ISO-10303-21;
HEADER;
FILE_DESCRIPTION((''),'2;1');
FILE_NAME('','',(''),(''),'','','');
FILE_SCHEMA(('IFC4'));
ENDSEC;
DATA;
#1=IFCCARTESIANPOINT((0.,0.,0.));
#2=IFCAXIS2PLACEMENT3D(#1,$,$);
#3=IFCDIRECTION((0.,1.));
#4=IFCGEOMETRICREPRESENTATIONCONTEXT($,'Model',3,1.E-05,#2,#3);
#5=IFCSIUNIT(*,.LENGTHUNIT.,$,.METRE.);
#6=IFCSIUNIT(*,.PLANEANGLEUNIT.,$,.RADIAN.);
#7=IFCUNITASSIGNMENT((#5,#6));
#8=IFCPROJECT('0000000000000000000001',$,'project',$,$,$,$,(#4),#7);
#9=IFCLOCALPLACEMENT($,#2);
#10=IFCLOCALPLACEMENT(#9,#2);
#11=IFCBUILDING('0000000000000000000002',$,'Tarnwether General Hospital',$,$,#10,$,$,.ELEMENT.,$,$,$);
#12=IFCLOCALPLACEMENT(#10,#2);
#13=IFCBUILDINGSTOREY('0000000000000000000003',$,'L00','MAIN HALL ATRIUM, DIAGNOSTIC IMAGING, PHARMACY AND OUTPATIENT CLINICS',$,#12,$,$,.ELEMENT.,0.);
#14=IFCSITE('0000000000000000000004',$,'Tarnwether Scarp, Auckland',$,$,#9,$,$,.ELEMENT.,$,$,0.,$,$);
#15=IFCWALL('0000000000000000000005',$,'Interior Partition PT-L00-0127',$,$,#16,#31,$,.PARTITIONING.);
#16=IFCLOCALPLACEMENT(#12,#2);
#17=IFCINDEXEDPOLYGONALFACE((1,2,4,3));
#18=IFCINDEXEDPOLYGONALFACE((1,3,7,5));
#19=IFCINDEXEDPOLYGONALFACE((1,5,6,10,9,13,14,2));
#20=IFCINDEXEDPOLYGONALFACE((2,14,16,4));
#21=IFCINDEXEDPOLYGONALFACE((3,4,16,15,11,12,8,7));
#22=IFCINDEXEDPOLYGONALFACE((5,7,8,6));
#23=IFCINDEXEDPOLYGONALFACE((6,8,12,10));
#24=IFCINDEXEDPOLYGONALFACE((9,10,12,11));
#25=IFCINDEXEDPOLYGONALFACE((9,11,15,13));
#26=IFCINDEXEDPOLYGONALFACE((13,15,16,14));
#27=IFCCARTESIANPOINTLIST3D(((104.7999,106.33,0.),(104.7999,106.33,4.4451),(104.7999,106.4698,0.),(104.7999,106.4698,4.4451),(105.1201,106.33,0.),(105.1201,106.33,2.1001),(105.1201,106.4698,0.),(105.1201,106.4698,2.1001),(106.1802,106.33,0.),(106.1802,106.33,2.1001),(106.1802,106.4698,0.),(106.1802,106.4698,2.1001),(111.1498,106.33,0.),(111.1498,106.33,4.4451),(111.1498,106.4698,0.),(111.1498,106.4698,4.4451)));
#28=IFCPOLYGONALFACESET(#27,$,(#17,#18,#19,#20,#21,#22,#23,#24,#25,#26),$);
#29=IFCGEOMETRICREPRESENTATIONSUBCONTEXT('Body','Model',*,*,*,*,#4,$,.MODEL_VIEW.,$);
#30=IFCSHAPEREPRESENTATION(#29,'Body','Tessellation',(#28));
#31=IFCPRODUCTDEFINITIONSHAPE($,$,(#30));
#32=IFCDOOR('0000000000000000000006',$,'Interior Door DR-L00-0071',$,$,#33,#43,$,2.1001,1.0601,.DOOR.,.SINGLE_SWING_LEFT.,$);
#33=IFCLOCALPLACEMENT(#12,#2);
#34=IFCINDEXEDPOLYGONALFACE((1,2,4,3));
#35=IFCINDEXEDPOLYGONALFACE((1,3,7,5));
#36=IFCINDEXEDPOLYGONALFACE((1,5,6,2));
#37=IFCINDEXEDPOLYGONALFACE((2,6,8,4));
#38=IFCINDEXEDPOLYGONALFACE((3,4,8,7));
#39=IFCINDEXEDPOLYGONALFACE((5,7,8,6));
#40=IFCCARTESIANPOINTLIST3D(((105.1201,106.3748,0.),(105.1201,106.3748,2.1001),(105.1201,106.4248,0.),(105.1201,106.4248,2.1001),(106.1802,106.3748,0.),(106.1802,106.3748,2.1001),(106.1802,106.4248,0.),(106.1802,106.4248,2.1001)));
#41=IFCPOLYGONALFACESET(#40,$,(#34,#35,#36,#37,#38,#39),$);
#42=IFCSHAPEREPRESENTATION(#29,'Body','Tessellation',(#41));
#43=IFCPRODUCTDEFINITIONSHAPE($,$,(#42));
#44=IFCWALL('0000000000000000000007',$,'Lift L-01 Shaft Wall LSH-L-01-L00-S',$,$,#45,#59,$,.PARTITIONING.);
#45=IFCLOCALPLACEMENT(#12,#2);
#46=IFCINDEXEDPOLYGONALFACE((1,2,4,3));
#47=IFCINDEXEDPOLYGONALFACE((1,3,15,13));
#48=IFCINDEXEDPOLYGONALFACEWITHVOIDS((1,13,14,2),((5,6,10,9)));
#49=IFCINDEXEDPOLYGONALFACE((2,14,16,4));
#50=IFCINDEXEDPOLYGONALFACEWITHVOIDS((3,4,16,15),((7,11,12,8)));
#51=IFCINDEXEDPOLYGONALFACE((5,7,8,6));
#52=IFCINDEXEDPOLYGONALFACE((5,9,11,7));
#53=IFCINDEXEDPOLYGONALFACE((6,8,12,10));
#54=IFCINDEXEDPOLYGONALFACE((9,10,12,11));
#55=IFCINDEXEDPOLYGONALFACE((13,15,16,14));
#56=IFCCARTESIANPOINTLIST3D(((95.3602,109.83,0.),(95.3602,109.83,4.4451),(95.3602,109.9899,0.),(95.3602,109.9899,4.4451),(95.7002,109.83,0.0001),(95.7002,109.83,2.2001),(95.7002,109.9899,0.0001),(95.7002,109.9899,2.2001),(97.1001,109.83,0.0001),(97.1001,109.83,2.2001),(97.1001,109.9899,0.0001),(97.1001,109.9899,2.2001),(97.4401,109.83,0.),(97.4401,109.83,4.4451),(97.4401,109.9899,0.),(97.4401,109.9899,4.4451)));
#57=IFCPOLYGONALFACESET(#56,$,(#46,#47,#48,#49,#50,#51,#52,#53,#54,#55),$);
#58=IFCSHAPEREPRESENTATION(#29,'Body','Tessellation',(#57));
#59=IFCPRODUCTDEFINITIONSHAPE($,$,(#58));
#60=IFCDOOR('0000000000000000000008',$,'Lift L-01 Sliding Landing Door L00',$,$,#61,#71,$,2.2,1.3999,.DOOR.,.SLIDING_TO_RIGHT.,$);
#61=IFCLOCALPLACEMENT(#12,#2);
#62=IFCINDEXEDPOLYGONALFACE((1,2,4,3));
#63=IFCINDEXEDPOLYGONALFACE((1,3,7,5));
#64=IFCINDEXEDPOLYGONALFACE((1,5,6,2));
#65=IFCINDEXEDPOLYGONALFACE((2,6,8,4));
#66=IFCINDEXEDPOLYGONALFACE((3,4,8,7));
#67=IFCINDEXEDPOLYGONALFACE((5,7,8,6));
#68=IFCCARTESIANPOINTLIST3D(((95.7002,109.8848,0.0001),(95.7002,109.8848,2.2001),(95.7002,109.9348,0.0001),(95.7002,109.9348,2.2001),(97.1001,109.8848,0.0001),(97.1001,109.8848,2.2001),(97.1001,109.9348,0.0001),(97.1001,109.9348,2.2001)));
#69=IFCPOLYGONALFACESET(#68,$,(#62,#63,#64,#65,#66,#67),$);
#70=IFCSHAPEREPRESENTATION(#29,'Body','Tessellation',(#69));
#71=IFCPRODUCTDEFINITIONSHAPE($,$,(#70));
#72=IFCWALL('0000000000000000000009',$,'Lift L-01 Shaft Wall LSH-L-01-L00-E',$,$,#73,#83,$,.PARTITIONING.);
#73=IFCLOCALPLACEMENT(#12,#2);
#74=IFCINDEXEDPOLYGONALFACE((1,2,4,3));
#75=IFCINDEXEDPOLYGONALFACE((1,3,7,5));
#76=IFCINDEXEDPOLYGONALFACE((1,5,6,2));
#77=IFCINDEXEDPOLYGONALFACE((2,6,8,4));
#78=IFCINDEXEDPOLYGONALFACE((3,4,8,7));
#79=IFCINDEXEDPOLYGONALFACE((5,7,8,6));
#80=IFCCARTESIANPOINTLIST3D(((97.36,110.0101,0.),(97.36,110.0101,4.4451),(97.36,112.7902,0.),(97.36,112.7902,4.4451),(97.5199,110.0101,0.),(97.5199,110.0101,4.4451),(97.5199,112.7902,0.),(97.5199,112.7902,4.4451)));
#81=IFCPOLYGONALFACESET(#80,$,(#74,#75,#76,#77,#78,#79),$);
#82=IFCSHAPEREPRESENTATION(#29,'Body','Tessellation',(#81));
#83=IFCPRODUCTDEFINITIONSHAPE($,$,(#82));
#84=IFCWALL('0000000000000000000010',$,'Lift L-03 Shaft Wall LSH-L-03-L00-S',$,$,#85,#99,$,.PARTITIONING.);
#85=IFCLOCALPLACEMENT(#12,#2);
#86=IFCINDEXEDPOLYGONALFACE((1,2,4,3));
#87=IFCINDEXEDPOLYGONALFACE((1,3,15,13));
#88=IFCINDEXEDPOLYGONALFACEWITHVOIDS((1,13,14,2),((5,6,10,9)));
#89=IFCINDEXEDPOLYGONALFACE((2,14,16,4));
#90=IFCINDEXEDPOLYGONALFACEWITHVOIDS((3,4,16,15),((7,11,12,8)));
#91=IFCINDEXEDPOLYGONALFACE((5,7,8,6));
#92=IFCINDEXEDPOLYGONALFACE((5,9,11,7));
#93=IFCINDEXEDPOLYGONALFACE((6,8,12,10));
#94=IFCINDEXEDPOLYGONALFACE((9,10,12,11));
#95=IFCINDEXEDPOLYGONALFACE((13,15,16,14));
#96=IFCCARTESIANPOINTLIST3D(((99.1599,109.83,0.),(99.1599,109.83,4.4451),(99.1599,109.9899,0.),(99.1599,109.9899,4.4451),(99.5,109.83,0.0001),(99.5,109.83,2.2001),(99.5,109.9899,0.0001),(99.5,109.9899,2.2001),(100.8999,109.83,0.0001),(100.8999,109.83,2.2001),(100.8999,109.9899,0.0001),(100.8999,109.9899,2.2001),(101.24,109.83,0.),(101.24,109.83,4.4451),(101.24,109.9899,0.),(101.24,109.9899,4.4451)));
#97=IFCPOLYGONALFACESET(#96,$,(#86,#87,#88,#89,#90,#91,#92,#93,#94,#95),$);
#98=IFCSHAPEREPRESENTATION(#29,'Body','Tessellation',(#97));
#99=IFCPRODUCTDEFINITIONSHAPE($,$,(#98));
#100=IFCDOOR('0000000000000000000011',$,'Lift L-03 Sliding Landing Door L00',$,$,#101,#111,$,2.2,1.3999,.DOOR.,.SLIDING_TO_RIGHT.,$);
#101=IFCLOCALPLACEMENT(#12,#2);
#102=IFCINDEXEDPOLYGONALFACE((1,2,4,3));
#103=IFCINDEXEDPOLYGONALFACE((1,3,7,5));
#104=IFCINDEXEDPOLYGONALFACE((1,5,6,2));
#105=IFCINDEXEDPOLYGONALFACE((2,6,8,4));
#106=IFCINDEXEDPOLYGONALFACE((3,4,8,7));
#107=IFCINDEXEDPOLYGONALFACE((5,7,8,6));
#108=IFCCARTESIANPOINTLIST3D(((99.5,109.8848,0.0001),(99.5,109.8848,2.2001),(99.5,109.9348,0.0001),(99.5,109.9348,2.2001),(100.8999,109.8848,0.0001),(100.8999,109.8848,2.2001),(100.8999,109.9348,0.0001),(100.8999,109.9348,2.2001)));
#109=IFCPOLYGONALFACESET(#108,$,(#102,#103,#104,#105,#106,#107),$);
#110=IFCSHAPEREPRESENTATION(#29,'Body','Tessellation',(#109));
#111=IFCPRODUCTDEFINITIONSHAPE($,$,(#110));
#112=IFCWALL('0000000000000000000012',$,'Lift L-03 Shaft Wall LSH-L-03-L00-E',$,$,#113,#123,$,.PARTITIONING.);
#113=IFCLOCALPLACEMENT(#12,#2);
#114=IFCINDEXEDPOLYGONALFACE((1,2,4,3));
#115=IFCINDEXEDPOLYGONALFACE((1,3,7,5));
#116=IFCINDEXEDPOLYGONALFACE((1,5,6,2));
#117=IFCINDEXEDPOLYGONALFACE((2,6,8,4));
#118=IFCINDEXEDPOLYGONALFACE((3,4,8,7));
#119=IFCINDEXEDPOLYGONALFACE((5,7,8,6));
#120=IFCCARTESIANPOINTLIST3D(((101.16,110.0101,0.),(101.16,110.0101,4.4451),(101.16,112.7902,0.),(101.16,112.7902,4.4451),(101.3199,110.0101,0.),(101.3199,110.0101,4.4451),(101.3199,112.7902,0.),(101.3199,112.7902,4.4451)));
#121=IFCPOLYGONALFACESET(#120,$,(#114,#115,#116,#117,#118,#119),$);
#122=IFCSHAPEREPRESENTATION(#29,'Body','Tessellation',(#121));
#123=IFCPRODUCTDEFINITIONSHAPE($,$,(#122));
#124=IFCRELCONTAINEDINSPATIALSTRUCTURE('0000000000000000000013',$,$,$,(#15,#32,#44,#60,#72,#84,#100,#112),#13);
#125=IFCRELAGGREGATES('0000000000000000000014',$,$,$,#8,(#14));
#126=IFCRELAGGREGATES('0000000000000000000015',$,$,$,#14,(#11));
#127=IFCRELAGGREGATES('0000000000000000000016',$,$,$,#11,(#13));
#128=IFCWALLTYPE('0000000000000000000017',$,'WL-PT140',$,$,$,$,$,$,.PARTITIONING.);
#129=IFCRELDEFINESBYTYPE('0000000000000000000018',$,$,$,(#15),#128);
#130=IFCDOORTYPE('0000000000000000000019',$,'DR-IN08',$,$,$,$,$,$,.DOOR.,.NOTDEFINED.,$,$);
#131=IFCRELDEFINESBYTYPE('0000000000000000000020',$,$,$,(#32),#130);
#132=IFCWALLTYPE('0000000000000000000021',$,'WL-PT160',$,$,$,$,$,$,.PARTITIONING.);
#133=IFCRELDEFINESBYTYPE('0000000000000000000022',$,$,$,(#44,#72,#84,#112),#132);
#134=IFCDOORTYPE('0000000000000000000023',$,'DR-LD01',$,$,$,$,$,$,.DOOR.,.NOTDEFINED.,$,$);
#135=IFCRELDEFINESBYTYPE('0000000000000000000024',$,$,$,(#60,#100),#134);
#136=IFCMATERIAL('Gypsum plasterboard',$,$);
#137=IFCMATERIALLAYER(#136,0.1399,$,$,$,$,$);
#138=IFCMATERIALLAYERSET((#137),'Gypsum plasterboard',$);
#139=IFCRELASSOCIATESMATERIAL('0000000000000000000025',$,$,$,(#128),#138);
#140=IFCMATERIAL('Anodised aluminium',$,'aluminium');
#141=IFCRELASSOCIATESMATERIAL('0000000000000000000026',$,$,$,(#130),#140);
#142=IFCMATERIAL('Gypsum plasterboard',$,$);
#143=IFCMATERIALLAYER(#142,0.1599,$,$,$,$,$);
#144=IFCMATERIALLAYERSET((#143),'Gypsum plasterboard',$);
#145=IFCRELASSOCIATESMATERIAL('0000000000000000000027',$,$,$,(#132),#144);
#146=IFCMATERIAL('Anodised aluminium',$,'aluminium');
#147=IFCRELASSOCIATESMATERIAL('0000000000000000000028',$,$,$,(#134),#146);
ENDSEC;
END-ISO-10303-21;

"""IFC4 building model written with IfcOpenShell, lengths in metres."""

from ifc_helpers import new_model, si_unit, direction, frame, frame_2d, origin, place, context, subcontext, project, spatial, rectangle, extrude, material, layer, layer_set, type_object, element, fill, save


model = new_model("IFC4")

# Units and contexts
model_context = context("Model", 3, precision=1e-05, world=origin(), true_north=direction((0.0, 1.0)))
body_context = subcontext(model_context, "Body", "Model", "MODEL_VIEW")
ifc_project = project(units=[si_unit("LENGTHUNIT", "METRE"), si_unit("PLANEANGLEUNIT", "RADIAN")], contexts=[model_context])

# Site, building, storey
site_placement = place(None, origin())
site = spatial("IfcSite", under=ifc_project, at=site_placement, Name="Tarnwether Scarp, Auckland", CompositionType="ELEMENT", RefElevation=0.0)
building_placement = place(site_placement, origin())
building = spatial("IfcBuilding", under=site, at=building_placement, Name="Tarnwether General Hospital", CompositionType="ELEMENT")
storey_placement = place(building_placement, origin())
storey = spatial("IfcBuildingStorey", under=building, at=storey_placement, Name="L00", Description="MAIN HALL ATRIUM, DIAGNOSTIC IMAGING, PHARMACY AND OUTPATIENT CLINICS", CompositionType="ELEMENT", Elevation=0.0)

# Walls, openings, doors
ifc_material_1 = material(Name="Gypsum plasterboard")
ifc_layer_1 = layer(ifc_material_1, 0.1399)
ifc_layer_set_1 = layer_set([ifc_layer_1], Name="Gypsum plasterboard")
wall_type_1 = type_object("IfcWallType", Name="WL-PT140", PredefinedType="PARTITIONING", material=ifc_layer_set_1)
wall_1_placement = place(storey_placement, frame((104.8, 106.3999, 0.0), z_axis=(0.0, 0.0, 1.0), x_axis=(1.0, 0.0, 0.0)))
wall_1 = element("IfcWall", 1, at=wall_1_placement, inside=storey, type_object=wall_type_1, Name="Interior Partition PT-L00-0127", PredefinedType="PARTITIONING", context=body_context, shape_type="SweptSolid", body=[
    extrude(rectangle(XDim=6.3499, YDim=0.1399, at=frame_2d((3.1748, 0.0))), origin(), (0.0, 0.0, 1.0), 4.4451),
])
opening_1_placement = place(wall_1_placement, frame((0.3201, 0.0, 0.0)))
opening_1 = element("IfcOpeningElement", 2, at=opening_1_placement, cuts=wall_1, PredefinedType="OPENING", context=body_context, shape_type="SweptSolid", body=[
    extrude(rectangle(XDim=1.0601, YDim=2.1001, at=frame_2d((0.53, 1.05))), frame((0.0, 0.0801, 0.0), z_axis=(0.0, -1.0, 0.0), x_axis=(1.0, 0.0, 0.0)), (0.0, 0.0, 1.0), 0.1599),
])
ifc_material_2 = material(Name="Anodised aluminium", Category="aluminium")
door_type_1 = type_object("IfcDoorType", Name="DR-IN08", OperationType="NOTDEFINED", PredefinedType="DOOR", material=ifc_material_2)
door_1_placement = place(opening_1_placement, origin())
door_1 = element("IfcDoor", 3, at=door_1_placement, inside=storey, type_object=door_type_1, Name="Interior Door DR-L00-0071", OperationType="SINGLE_SWING_LEFT", OverallHeight=2.1001, OverallWidth=1.0601, PredefinedType="DOOR", context=body_context, shape_type="SweptSolid", body=[
    extrude(rectangle(XDim=1.0601, YDim=2.1001, at=frame_2d((0.53, 1.05))), frame((0.0, 0.0249, 0.0), z_axis=(0.0, -1.0, 0.0), x_axis=(1.0, 0.0, 0.0)), (0.0, 0.0, 1.0), 0.05),
])
fill(opening_1, door_1)
ifc_material_3 = material(Name="Gypsum plasterboard")
ifc_layer_2 = layer(ifc_material_3, 0.1599)
ifc_layer_set_2 = layer_set([ifc_layer_2], Name="Gypsum plasterboard")
wall_type_2 = type_object("IfcWallType", Name="WL-PT160", PredefinedType="PARTITIONING", material=ifc_layer_set_2)
wall_2_placement = place(storey_placement, frame((95.3601, 109.9099, 0.0), z_axis=(0.0, 0.0, 1.0), x_axis=(1.0, 0.0, 0.0)))
wall_2 = element("IfcWall", 4, at=wall_2_placement, inside=storey, type_object=wall_type_2, Name="Lift L-01 Shaft Wall LSH-L-01-L00-S", PredefinedType="PARTITIONING", context=body_context, shape_type="SweptSolid", body=[
    extrude(rectangle(XDim=2.0798, YDim=0.1599, at=frame_2d((1.04, 0.0))), origin(), (0.0, 0.0, 1.0), 4.4451),
])
opening_2_placement = place(wall_2_placement, frame((0.3401, 0.0, 0.0)))
opening_2 = element("IfcOpeningElement", 5, at=opening_2_placement, cuts=wall_2, PredefinedType="OPENING", context=body_context, shape_type="SweptSolid", body=[
    extrude(rectangle(XDim=1.3999, YDim=2.2, at=frame_2d((0.7, 1.1001))), frame((0.0, 0.0898, 0.0), z_axis=(0.0, -1.0, 0.0), x_axis=(1.0, 0.0, 0.0)), (0.0, 0.0, 1.0), 0.1799),
])
ifc_material_4 = material(Name="Anodised aluminium", Category="aluminium")
door_type_2 = type_object("IfcDoorType", Name="DR-LD01", OperationType="NOTDEFINED", PredefinedType="DOOR", material=ifc_material_4)
door_2_placement = place(opening_2_placement, origin())
door_2 = element("IfcDoor", 6, at=door_2_placement, inside=storey, type_object=door_type_2, Name="Lift L-01 Sliding Landing Door L00", OperationType="SLIDING_TO_RIGHT", OverallHeight=2.2, OverallWidth=1.3999, PredefinedType="DOOR", context=body_context, shape_type="SweptSolid", body=[
    extrude(rectangle(XDim=1.3999, YDim=2.2, at=frame_2d((0.7, 1.1001))), frame((0.0, 0.0249, 0.0), z_axis=(0.0, -1.0, 0.0), x_axis=(1.0, 0.0, 0.0)), (0.0, 0.0, 1.0), 0.05),
])
fill(opening_2, door_2)

# Wall
wall_3_placement = place(storey_placement, frame((97.4399, 110.01, 0.0), z_axis=(0.0, 0.0, 1.0), x_axis=(0.0, 1.0, 0.0)))
element("IfcWall", 7, at=wall_3_placement, inside=storey, type_object=wall_type_2, Name="Lift L-01 Shaft Wall LSH-L-01-L00-E", PredefinedType="PARTITIONING", context=body_context, shape_type="SweptSolid", body=[
    extrude(rectangle(XDim=2.78, YDim=0.1599, at=frame_2d((1.3901, 0.0))), origin(), (0.0, 0.0, 1.0), 4.4451),
])

# Wall, opening, door
wall_4_placement = place(storey_placement, frame((99.1599, 109.9099, 0.0), z_axis=(0.0, 0.0, 1.0), x_axis=(1.0, 0.0, 0.0)))
wall_4 = element("IfcWall", 8, at=wall_4_placement, inside=storey, type_object=wall_type_2, Name="Lift L-03 Shaft Wall LSH-L-03-L00-S", PredefinedType="PARTITIONING", context=body_context, shape_type="SweptSolid", body=[
    extrude(rectangle(XDim=2.0801, YDim=0.1599, at=frame_2d((1.04, 0.0))), origin(), (0.0, 0.0, 1.0), 4.4451),
])
opening_3_placement = place(wall_4_placement, frame((0.3401, 0.0, 0.0)))
opening_3 = element("IfcOpeningElement", 9, at=opening_3_placement, cuts=wall_4, PredefinedType="OPENING", context=body_context, shape_type="SweptSolid", body=[
    extrude(rectangle(XDim=1.3999, YDim=2.2, at=frame_2d((0.7, 1.1001))), frame((0.0, 0.0898, 0.0), z_axis=(0.0, -1.0, 0.0), x_axis=(1.0, 0.0, 0.0)), (0.0, 0.0, 1.0), 0.1799),
])
door_3_placement = place(opening_3_placement, origin())
door_3 = element("IfcDoor", 10, at=door_3_placement, inside=storey, type_object=door_type_2, Name="Lift L-03 Sliding Landing Door L00", OperationType="SLIDING_TO_RIGHT", OverallHeight=2.2, OverallWidth=1.3999, PredefinedType="DOOR", context=body_context, shape_type="SweptSolid", body=[
    extrude(rectangle(XDim=1.3999, YDim=2.2, at=frame_2d((0.7, 1.1001))), frame((0.0, 0.0249, 0.0), z_axis=(0.0, -1.0, 0.0), x_axis=(1.0, 0.0, 0.0)), (0.0, 0.0, 1.0), 0.05),
])
fill(opening_3, door_3)

# Wall
wall_5_placement = place(storey_placement, frame((101.24, 110.01, 0.0), z_axis=(0.0, 0.0, 1.0), x_axis=(0.0, 1.0, 0.0)))
element("IfcWall", 11, at=wall_5_placement, inside=storey, type_object=wall_type_2, Name="Lift L-03 Shaft Wall LSH-L-03-L00-E", PredefinedType="PARTITIONING", context=body_context, shape_type="SweptSolid", body=[
    extrude(rectangle(XDim=2.78, YDim=0.1599, at=frame_2d((1.3901, 0.0))), origin(), (0.0, 0.0, 1.0), 4.4451),
])

save(model, "model.ifc")
